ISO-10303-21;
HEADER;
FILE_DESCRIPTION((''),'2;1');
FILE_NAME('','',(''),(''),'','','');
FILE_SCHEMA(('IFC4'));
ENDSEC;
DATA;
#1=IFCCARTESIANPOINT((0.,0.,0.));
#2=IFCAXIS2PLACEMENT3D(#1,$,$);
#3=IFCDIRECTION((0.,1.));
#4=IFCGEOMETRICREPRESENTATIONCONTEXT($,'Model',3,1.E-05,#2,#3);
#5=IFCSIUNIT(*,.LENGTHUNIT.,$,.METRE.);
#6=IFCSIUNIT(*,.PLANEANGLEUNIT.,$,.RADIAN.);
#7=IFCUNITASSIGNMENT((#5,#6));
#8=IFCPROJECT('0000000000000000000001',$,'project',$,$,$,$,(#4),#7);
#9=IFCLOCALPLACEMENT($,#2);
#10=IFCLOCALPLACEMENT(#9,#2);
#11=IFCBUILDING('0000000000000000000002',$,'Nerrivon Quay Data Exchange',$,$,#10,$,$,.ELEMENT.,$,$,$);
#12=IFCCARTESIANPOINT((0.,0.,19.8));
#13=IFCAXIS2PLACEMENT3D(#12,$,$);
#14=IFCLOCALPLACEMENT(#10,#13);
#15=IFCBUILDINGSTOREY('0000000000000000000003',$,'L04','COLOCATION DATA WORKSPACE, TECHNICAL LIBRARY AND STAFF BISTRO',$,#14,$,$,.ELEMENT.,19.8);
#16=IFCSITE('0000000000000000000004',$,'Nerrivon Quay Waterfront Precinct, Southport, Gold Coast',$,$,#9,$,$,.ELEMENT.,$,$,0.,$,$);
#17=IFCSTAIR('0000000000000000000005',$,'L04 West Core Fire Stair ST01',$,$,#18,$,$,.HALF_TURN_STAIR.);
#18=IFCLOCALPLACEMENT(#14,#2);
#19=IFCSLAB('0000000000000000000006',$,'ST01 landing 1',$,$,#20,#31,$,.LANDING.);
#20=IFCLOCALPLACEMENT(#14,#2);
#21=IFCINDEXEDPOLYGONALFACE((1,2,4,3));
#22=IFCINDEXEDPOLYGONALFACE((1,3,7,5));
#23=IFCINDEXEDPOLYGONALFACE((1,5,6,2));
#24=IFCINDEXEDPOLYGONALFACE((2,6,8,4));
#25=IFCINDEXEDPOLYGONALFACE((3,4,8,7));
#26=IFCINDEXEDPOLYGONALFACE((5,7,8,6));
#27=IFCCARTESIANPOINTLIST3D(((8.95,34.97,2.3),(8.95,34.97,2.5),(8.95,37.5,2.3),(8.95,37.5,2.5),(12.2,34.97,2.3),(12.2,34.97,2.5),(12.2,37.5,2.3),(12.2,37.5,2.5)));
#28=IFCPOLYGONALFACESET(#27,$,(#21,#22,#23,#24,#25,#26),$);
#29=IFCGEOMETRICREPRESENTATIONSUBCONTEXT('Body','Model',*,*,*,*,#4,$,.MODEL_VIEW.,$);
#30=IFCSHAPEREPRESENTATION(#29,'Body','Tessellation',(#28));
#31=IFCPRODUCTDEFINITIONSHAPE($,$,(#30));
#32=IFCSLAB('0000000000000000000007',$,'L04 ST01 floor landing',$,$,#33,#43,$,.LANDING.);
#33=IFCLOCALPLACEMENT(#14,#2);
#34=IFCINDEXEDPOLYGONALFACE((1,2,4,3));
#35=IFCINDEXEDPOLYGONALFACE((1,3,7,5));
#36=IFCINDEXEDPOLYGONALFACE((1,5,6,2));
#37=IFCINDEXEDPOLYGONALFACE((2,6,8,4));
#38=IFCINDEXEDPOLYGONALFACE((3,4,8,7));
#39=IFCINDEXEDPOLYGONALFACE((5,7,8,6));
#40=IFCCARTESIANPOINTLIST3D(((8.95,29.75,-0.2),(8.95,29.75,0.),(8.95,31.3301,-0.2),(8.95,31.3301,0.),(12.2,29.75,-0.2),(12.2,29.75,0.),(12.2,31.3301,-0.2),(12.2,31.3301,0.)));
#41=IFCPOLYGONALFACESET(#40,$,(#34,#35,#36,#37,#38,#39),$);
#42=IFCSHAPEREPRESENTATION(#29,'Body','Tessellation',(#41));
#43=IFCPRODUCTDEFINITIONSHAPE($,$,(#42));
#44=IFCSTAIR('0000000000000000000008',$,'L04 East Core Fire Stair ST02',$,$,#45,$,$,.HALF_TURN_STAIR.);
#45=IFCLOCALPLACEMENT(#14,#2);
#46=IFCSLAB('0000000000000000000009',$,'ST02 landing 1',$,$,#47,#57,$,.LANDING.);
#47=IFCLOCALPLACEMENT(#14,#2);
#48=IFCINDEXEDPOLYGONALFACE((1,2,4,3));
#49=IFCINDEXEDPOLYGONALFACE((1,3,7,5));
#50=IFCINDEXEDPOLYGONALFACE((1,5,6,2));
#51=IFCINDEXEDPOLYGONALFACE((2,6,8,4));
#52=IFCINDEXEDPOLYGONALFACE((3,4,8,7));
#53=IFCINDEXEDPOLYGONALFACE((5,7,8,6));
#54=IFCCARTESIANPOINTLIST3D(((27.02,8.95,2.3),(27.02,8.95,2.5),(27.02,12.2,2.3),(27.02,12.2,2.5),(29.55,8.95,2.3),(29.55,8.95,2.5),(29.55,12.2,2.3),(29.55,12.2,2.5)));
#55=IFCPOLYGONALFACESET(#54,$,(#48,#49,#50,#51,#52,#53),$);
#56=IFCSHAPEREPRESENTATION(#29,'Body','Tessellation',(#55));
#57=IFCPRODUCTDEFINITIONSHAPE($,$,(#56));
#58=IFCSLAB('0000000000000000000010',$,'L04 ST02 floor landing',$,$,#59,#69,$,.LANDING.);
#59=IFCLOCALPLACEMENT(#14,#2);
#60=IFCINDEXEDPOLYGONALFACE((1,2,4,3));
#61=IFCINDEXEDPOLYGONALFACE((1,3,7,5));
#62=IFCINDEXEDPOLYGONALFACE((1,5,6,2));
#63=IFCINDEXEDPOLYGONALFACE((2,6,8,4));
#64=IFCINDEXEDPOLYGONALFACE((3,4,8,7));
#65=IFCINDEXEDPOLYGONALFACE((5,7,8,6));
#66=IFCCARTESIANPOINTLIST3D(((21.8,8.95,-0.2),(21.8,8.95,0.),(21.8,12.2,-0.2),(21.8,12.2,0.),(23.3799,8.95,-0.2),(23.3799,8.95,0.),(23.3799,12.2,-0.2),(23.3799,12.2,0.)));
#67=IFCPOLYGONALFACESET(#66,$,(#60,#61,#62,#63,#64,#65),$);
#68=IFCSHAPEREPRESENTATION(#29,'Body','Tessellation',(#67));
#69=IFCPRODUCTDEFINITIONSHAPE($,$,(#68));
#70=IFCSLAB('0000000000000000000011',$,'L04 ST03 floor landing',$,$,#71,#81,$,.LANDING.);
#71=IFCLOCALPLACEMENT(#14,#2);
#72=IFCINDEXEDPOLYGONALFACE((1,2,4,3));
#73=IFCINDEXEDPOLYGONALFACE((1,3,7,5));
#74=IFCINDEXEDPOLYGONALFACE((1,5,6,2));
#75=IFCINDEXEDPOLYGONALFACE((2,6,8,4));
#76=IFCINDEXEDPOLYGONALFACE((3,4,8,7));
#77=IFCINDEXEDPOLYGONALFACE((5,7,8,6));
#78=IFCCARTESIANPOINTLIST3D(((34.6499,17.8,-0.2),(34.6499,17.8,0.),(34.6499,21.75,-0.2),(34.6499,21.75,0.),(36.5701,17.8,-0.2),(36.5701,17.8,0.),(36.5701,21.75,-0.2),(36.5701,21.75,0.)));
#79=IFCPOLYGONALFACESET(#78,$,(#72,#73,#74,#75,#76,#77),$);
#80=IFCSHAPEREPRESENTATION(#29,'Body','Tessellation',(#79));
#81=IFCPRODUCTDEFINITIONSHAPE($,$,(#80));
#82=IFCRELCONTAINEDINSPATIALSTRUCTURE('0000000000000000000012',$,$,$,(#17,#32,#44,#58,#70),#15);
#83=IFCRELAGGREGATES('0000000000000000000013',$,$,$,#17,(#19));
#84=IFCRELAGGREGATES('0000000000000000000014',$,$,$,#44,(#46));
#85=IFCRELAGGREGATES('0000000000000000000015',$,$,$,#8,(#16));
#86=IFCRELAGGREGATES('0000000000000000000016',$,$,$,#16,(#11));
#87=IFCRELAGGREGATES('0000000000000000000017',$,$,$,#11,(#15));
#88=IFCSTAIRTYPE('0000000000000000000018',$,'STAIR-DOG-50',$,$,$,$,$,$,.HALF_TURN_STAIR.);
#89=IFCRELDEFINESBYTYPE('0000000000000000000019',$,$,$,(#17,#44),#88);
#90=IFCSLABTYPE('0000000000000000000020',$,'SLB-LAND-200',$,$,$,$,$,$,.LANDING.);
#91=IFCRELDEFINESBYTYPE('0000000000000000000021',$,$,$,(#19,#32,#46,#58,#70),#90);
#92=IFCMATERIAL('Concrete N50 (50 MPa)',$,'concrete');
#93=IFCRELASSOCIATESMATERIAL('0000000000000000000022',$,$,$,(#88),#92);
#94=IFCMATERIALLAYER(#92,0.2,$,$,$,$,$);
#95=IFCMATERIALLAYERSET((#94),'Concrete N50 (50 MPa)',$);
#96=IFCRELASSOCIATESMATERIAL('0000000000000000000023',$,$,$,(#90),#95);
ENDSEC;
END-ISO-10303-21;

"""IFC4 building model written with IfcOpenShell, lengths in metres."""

from ifc_helpers import new_model, si_unit, direction, frame, origin, place, context, subcontext, project, spatial, polyline, outline, extrude, material, layer, layer_set, type_object, element, aggregate, save


model = new_model("IFC4")

# Units and contexts
model_context = context("Model", 3, precision=1e-05, world=origin(), true_north=direction((0.0, 1.0)))
body_context = subcontext(model_context, "Body", "Model", "MODEL_VIEW")
ifc_project = project(units=[si_unit("LENGTHUNIT", "METRE"), si_unit("PLANEANGLEUNIT", "RADIAN")], contexts=[model_context])

# Site, building, storey
site_placement = place(None, origin())
site = spatial("IfcSite", under=ifc_project, at=site_placement, Name="Nerrivon Quay Waterfront Precinct, Southport, Gold Coast", CompositionType="ELEMENT", RefElevation=0.0)
building_placement = place(site_placement, origin())
building = spatial("IfcBuilding", under=site, at=building_placement, Name="Nerrivon Quay Data Exchange", CompositionType="ELEMENT")
storey_placement = place(building_placement, frame((0.0, 0.0, 19.8)))
storey = spatial("IfcBuildingStorey", under=building, at=storey_placement, Name="L04", Description="COLOCATION DATA WORKSPACE, TECHNICAL LIBRARY AND STAFF BISTRO", CompositionType="ELEMENT", Elevation=19.8)

# Stair, slab
ifc_material_1 = material(Name="Concrete N50 (50 MPa)", Category="concrete")
stair_type = type_object("IfcStairType", Name="STAIR-DOG-50", PredefinedType="HALF_TURN_STAIR", material=ifc_material_1)
stair_1_placement = place(storey_placement, origin())
stair_1 = element("IfcStair", 1, at=stair_1_placement, inside=storey, type_object=stair_type, Name="L04 West Core Fire Stair ST01", PredefinedType="HALF_TURN_STAIR")
ifc_layer_1 = layer(ifc_material_1, 0.2)
ifc_layer_set_1 = layer_set([ifc_layer_1], Name="Concrete N50 (50 MPa)")
slab_type_1 = type_object("IfcSlabType", Name="SLB-LAND-200", PredefinedType="LANDING", material=ifc_layer_set_1)
slab_1_placement = place(storey_placement, frame((0.0, 0.0, 2.3)))
slab_1 = element("IfcSlab", 2, at=slab_1_placement, type_object=slab_type_1, Name="ST01 landing 1", PredefinedType="LANDING", context=body_context, shape_type="SweptSolid", body=[
    extrude(outline(polyline([(12.2, 34.97), (12.2, 37.5), (8.95, 37.5), (8.95, 34.97), (12.2, 34.97)])), origin(), (0.0, 0.0, 1.0), 0.2),
])
aggregate(stair_1, [slab_1])

# Slab
slab_2_placement = place(storey_placement, frame((0.0, 0.0, -0.2)))
element("IfcSlab", 3, at=slab_2_placement, inside=storey, type_object=slab_type_1, Name="L04 ST01 floor landing", PredefinedType="LANDING", context=body_context, shape_type="SweptSolid", body=[
    extrude(outline(polyline([(12.2, 29.75), (12.2, 31.3301), (8.95, 31.3301), (8.95, 29.75), (12.2, 29.75)])), origin(), (0.0, 0.0, 1.0), 0.2),
])

# Stair, slab
stair_2_placement = place(storey_placement, origin())
stair_2 = element("IfcStair", 4, at=stair_2_placement, inside=storey, type_object=stair_type, Name="L04 East Core Fire Stair ST02", PredefinedType="HALF_TURN_STAIR")
slab_3_placement = place(storey_placement, frame((0.0, 0.0, 2.3)))
slab_3 = element("IfcSlab", 5, at=slab_3_placement, type_object=slab_type_1, Name="ST02 landing 1", PredefinedType="LANDING", context=body_context, shape_type="SweptSolid", body=[
    extrude(outline(polyline([(27.02, 8.95), (29.55, 8.95), (29.55, 12.2), (27.02, 12.2), (27.02, 8.95)])), origin(), (0.0, 0.0, 1.0), 0.2),
])
aggregate(stair_2, [slab_3])

# Slabs
slab_4_placement = place(storey_placement, frame((0.0, 0.0, -0.2)))
element("IfcSlab", 6, at=slab_4_placement, inside=storey, type_object=slab_type_1, Name="L04 ST02 floor landing", PredefinedType="LANDING", context=body_context, shape_type="SweptSolid", body=[
    extrude(outline(polyline([(21.8, 8.95), (23.3799, 8.95), (23.3799, 12.2), (21.8, 12.2), (21.8, 8.95)])), origin(), (0.0, 0.0, 1.0), 0.2),
])
slab_5_placement = place(storey_placement, frame((0.0, 0.0, -0.2)))
element("IfcSlab", 7, at=slab_5_placement, inside=storey, type_object=slab_type_1, Name="L04 ST03 floor landing", PredefinedType="LANDING", context=body_context, shape_type="SweptSolid", body=[
    extrude(outline(polyline([(34.6499, 17.8), (36.5701, 17.8), (36.5701, 21.75), (34.6499, 21.75), (34.6499, 17.8)])), origin(), (0.0, 0.0, 1.0), 0.2),
])

save(model, "model.ifc")
